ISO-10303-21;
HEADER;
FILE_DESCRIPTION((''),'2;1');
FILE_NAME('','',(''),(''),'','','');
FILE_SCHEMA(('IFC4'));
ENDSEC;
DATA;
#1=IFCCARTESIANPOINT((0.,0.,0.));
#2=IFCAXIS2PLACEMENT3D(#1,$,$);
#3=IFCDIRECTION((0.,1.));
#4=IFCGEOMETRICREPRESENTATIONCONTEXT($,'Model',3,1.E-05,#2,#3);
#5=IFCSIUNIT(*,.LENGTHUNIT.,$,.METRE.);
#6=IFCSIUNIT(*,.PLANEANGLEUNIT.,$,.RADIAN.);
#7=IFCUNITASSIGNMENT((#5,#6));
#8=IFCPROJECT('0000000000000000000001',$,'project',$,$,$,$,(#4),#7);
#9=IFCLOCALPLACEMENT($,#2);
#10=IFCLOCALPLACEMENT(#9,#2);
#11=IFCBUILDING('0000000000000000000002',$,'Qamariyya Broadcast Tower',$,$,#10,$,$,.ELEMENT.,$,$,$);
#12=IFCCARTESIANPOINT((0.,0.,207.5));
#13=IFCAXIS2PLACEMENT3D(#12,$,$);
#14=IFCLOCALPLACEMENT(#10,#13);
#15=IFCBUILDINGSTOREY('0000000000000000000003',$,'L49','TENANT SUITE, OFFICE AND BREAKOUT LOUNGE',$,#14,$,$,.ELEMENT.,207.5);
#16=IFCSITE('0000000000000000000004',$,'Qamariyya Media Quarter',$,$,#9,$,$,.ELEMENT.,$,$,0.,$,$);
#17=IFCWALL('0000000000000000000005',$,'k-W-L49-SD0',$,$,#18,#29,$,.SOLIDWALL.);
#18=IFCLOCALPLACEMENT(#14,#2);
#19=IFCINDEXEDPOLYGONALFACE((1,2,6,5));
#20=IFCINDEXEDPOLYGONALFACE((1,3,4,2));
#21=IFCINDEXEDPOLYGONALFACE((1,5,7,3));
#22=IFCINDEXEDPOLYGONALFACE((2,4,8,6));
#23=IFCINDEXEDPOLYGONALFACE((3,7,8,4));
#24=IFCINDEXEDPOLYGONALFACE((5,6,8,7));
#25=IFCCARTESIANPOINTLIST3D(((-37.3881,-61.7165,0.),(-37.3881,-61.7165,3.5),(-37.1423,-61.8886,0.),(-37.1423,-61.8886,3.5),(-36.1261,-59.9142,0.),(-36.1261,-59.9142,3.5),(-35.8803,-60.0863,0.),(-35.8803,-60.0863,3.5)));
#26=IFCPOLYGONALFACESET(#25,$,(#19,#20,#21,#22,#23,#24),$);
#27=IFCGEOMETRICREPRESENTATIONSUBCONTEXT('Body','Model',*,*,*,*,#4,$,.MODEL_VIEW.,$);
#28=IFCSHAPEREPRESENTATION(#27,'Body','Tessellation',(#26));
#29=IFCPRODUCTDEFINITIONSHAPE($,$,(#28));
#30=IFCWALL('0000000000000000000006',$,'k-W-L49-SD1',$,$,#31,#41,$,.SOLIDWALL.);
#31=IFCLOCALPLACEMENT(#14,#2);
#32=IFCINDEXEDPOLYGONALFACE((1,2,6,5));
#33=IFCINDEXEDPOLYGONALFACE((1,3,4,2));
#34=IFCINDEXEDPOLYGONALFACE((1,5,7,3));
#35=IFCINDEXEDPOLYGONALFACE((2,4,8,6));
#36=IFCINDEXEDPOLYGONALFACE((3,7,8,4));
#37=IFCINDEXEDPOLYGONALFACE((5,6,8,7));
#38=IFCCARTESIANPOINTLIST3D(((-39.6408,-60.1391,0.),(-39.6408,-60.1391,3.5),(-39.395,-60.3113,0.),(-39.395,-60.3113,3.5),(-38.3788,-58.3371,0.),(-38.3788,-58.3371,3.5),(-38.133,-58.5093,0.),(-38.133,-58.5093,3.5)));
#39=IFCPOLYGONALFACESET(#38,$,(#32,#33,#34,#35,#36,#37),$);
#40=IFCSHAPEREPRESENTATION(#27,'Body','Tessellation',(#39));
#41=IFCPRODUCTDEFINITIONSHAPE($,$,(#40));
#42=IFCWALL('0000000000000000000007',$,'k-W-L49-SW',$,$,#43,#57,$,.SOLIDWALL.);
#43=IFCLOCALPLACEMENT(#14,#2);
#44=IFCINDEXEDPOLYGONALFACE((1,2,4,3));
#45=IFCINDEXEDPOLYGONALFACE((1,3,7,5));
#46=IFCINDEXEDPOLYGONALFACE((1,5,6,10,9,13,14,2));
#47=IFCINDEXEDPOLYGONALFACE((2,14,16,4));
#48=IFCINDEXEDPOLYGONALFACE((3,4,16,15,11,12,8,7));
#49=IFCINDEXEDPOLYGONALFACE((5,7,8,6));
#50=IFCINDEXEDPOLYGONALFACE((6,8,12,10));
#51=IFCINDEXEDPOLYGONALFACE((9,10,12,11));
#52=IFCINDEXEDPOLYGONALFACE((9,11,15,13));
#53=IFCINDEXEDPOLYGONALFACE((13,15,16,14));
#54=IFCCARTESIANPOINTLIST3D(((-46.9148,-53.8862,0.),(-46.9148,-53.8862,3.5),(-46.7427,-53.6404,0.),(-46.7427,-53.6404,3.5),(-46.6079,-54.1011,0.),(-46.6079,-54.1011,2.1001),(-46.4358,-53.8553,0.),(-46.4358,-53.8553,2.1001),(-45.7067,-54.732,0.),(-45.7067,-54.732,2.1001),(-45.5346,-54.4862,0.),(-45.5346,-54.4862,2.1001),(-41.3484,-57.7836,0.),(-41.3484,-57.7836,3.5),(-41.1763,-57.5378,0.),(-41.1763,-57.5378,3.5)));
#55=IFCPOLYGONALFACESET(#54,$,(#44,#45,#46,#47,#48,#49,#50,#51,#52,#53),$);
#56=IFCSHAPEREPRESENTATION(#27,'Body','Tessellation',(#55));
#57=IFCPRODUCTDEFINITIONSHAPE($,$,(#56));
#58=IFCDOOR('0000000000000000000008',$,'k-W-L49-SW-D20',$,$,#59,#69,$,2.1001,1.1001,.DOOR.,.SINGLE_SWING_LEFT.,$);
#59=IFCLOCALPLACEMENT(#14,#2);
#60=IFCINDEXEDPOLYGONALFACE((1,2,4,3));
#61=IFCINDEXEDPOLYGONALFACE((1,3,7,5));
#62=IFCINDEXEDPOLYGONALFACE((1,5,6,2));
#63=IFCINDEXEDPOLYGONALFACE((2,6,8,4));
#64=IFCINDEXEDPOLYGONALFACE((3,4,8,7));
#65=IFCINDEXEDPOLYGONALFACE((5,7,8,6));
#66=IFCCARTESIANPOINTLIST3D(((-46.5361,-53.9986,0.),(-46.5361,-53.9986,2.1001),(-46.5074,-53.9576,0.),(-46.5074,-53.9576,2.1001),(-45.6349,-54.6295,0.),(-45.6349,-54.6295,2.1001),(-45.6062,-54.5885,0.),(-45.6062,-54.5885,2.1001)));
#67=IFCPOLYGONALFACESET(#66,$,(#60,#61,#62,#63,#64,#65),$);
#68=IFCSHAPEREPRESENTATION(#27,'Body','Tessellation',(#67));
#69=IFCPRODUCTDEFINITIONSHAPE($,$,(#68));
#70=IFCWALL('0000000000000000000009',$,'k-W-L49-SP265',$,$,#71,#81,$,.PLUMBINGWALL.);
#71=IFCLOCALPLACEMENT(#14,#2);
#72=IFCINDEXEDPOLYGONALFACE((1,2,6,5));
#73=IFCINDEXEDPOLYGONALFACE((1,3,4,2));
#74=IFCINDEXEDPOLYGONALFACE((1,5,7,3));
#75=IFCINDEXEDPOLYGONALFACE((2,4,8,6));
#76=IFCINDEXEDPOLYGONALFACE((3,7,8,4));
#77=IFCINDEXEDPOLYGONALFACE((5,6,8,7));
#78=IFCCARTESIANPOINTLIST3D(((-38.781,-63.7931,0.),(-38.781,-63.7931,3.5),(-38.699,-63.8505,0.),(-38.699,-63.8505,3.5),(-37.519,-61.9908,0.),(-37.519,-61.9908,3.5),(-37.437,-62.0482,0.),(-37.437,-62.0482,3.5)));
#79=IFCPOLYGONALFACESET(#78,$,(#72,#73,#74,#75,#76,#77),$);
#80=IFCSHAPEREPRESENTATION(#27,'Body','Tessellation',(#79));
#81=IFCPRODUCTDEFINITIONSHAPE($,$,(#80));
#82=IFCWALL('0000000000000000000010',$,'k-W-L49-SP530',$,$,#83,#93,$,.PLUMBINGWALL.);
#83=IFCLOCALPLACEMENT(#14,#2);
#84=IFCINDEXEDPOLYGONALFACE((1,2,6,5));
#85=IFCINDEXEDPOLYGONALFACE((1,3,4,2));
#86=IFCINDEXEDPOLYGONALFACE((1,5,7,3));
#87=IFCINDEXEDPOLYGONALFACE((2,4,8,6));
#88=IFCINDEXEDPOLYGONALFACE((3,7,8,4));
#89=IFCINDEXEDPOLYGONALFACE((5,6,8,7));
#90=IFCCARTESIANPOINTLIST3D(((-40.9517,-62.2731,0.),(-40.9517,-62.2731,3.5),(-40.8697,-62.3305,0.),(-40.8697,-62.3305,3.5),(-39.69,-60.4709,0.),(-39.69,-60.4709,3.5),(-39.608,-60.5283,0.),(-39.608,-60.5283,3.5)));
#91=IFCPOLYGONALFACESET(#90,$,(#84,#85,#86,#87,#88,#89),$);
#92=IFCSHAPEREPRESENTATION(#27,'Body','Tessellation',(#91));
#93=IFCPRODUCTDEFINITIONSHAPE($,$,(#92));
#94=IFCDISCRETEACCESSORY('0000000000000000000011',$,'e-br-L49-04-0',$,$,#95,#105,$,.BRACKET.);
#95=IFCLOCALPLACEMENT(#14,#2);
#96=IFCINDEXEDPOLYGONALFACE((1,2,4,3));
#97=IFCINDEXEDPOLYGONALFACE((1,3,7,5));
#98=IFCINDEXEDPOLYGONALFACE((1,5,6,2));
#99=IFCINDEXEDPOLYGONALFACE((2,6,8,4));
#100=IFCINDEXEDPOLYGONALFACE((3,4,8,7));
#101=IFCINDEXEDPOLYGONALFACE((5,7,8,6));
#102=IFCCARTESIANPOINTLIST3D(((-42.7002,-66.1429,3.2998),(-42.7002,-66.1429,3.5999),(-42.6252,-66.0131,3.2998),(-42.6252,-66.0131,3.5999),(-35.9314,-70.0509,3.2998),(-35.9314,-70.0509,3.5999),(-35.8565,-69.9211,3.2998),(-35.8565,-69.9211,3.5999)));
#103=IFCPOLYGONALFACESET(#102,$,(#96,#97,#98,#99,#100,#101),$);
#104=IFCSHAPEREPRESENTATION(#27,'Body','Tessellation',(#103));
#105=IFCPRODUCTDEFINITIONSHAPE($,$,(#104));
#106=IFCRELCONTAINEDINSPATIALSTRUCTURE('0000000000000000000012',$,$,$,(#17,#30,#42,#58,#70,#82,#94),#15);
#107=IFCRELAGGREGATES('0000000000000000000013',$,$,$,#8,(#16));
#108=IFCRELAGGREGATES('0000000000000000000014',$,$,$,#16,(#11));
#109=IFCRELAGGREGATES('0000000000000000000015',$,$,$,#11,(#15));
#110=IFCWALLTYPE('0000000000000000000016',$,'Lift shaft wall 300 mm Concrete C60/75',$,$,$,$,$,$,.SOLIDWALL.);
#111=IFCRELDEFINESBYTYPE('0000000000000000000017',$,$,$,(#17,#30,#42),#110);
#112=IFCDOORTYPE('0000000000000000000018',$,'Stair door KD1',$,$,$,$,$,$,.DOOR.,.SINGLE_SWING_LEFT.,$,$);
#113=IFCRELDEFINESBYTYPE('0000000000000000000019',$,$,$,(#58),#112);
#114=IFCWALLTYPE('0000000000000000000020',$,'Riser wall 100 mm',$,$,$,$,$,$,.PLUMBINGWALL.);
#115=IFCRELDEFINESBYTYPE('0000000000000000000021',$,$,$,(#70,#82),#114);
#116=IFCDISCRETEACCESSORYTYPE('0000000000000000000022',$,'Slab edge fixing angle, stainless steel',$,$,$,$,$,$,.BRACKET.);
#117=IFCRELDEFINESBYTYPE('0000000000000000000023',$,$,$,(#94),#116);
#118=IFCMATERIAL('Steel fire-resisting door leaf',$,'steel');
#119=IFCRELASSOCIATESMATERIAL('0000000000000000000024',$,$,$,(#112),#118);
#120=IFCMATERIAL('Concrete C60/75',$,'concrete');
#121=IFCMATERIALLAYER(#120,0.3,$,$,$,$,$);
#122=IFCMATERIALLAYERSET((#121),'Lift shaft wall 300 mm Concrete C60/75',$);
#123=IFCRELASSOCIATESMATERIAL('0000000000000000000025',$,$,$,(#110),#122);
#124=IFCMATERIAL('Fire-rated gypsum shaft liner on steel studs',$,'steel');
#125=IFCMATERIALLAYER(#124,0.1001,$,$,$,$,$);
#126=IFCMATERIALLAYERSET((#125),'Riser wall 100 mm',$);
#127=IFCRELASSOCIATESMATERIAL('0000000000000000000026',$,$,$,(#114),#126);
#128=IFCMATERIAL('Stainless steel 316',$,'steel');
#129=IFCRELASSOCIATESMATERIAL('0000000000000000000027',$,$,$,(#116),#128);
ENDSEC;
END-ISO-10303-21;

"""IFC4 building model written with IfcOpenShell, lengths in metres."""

from ifc_helpers import new_model, si_unit, direction, frame, frame_2d, origin, origin_2d, place, context, subcontext, project, spatial, rectangle, extrude, material, layer, layer_set, type_object, element, fill, save


model = new_model("IFC4")

# Units and contexts
model_context = context("Model", 3, precision=1e-05, world=origin(), true_north=direction((0.0, 1.0)))
body_context = subcontext(model_context, "Body", "Model", "MODEL_VIEW")
ifc_project = project(units=[si_unit("LENGTHUNIT", "METRE"), si_unit("PLANEANGLEUNIT", "RADIAN")], contexts=[model_context])

# Site, building, storey
site_placement = place(None, origin())
site = spatial("IfcSite", under=ifc_project, at=site_placement, Name="Qamariyya Media Quarter", CompositionType="ELEMENT", RefElevation=0.0)
building_placement = place(site_placement, origin())
building = spatial("IfcBuilding", under=site, at=building_placement, Name="Qamariyya Broadcast Tower", CompositionType="ELEMENT")
storey_placement = place(building_placement, frame((0.0, 0.0, 207.5)))
storey = spatial("IfcBuildingStorey", under=building, at=storey_placement, Name="L49", Description="TENANT SUITE, OFFICE AND BREAKOUT LOUNGE", CompositionType="ELEMENT", Elevation=207.5)

# Shared definitions
ifc_material_1 = material(Name="Concrete C60/75", Category="concrete")

# Shared definitions
ifc_material_2 = material(Name="Steel fire-resisting door leaf", Category="steel")

# Shared definitions
door_type_1 = type_object("IfcDoorType", Name="Stair door KD1", OperationType="SINGLE_SWING_LEFT", PredefinedType="DOOR", material=ifc_material_2)

# Shared definitions
ifc_layer_1 = layer(ifc_material_1, 0.3)
ifc_layer_set_1 = layer_set([ifc_layer_1], Name="Lift shaft wall 300 mm Concrete C60/75")
wall_type_1 = type_object("IfcWallType", Name="Lift shaft wall 300 mm Concrete C60/75", PredefinedType="SOLIDWALL", material=ifc_layer_set_1)

# Walls
wall_1_placement = place(storey_placement, frame((-36.0032, -60.0002, 0.0), z_axis=(0.0, 0.0, 1.0), x_axis=(-0.573581, -0.819149, 0.0)))
element("IfcWall", 1, at=wall_1_placement, inside=storey, type_object=wall_type_1, Name="k-W-L49-SD0", PredefinedType="SOLIDWALL", context=body_context, shape_type="SweptSolid", body=[
    extrude(rectangle(XDim=2.2002, YDim=0.3, at=frame_2d((1.1001, 0.0))), origin(), (0.0, 0.0, 1.0), 3.5),
])
wall_2_placement = place(storey_placement, frame((-38.2559, -58.4231, 0.0), z_axis=(0.0, 0.0, 1.0), x_axis=(-0.573634, -0.819112, 0.0)))
element("IfcWall", 2, at=wall_2_placement, inside=storey, type_object=wall_type_1, Name="k-W-L49-SD1", PredefinedType="SOLIDWALL", context=body_context, shape_type="SweptSolid", body=[
    extrude(rectangle(XDim=2.2, YDim=0.3, at=frame_2d((1.1001, 0.0))), origin(), (0.0, 0.0, 1.0), 3.5),
])

# Wall, opening, door
wall_3_placement = place(storey_placement, frame((-41.2625, -57.6606, 0.0), z_axis=(0.0, 0.0, 1.0), x_axis=(-0.819164, 0.573559, 0.0)))
wall_3 = element("IfcWall", 3, at=wall_3_placement, inside=storey, type_object=wall_type_1, Name="k-W-L49-SW", PredefinedType="SOLIDWALL", context=body_context, shape_type="SweptSolid", body=[
    extrude(rectangle(XDim=6.7952, YDim=0.3, at=frame_2d((3.3975, 0.0))), origin(), (0.0, 0.0, 1.0), 3.5),
])
opening_1_placement = place(wall_3_placement, frame((5.3203, 0.0, 0.0)))
opening_1 = element("IfcOpeningElement", 4, at=opening_1_placement, cuts=wall_3, PredefinedType="OPENING", context=body_context, shape_type="SweptSolid", body=[
    extrude(rectangle(XDim=1.1001, YDim=2.1001, at=frame_2d((0.55, 1.05))), frame((0.0, 0.1599, 0.0), z_axis=(0.0, -1.0, 0.0), x_axis=(1.0, 0.0, 0.0)), (0.0, 0.0, 1.0), 0.3201),
])
door_1_placement = place(opening_1_placement, origin())
door_1 = element("IfcDoor", 5, at=door_1_placement, inside=storey, type_object=door_type_1, Name="k-W-L49-SW-D20", OperationType="SINGLE_SWING_LEFT", OverallHeight=2.1001, OverallWidth=1.1001, PredefinedType="DOOR", context=body_context, shape_type="SweptSolid", body=[
    extrude(rectangle(XDim=1.1001, YDim=2.1001, at=frame_2d((0.55, 1.05))), frame((0.0, 0.0249, 0.0), z_axis=(0.0, -1.0, 0.0), x_axis=(1.0, 0.0, 0.0)), (0.0, 0.0, 1.0), 0.05),
])
fill(opening_1, door_1)

# Walls
ifc_material_3 = material(Name="Fire-rated gypsum shaft liner on steel studs", Category="steel")
ifc_layer_2 = layer(ifc_material_3, 0.1001)
ifc_layer_set_2 = layer_set([ifc_layer_2], Name="Riser wall 100 mm")
wall_type_2 = type_object("IfcWallType", Name="Riser wall 100 mm", PredefinedType="PLUMBINGWALL", material=ifc_layer_set_2)
wall_4_placement = place(storey_placement, frame((-37.478, -62.0195, 0.0), z_axis=(0.0, 0.0, 1.0), x_axis=(-0.573581, -0.819149, 0.0)))
element("IfcWall", 6, at=wall_4_placement, inside=storey, type_object=wall_type_2, Name="k-W-L49-SP265", PredefinedType="PLUMBINGWALL", context=body_context, shape_type="SweptSolid", body=[
    extrude(rectangle(XDim=2.2002, YDim=0.1001, at=frame_2d((1.1001, 0.0))), origin(), (0.0, 0.0, 1.0), 3.5),
])
wall_5_placement = place(storey_placement, frame((-39.6489, -60.4995, 0.0), z_axis=(0.0, 0.0, 1.0), x_axis=(-0.573507, -0.819201, 0.0)))
element("IfcWall", 7, at=wall_5_placement, inside=storey, type_object=wall_type_2, Name="k-W-L49-SP530", PredefinedType="PLUMBINGWALL", context=body_context, shape_type="SweptSolid", body=[
    extrude(rectangle(XDim=2.2, YDim=0.1001, at=frame_2d((1.1001, 0.0))), origin(), (0.0, 0.0, 1.0), 3.5),
])

# Discrete accessory
ifc_material_4 = material(Name="Stainless steel 316", Category="steel")
discrete_accessory_type = type_object("IfcDiscreteAccessoryType", Name="Slab edge fixing angle, stainless steel", PredefinedType="BRACKET", material=ifc_material_4)
discrete_accessory_placement = place(storey_placement, frame((-39.2783, -68.032, 3.2998), z_axis=(0.0, 0.0, 1.0), x_axis=(0.866025, -0.5, 0.0)))
element("IfcDiscreteAccessory", 8, at=discrete_accessory_placement, inside=storey, type_object=discrete_accessory_type, Name="e-br-L49-04-0", PredefinedType="BRACKET", context=body_context, shape_type="SweptSolid", body=[
    extrude(rectangle(XDim=7.8159, YDim=0.1499, at=origin_2d()), origin(), (0.0, 0.0, 1.0), 0.3),
])

save(model, "model.ifc")
